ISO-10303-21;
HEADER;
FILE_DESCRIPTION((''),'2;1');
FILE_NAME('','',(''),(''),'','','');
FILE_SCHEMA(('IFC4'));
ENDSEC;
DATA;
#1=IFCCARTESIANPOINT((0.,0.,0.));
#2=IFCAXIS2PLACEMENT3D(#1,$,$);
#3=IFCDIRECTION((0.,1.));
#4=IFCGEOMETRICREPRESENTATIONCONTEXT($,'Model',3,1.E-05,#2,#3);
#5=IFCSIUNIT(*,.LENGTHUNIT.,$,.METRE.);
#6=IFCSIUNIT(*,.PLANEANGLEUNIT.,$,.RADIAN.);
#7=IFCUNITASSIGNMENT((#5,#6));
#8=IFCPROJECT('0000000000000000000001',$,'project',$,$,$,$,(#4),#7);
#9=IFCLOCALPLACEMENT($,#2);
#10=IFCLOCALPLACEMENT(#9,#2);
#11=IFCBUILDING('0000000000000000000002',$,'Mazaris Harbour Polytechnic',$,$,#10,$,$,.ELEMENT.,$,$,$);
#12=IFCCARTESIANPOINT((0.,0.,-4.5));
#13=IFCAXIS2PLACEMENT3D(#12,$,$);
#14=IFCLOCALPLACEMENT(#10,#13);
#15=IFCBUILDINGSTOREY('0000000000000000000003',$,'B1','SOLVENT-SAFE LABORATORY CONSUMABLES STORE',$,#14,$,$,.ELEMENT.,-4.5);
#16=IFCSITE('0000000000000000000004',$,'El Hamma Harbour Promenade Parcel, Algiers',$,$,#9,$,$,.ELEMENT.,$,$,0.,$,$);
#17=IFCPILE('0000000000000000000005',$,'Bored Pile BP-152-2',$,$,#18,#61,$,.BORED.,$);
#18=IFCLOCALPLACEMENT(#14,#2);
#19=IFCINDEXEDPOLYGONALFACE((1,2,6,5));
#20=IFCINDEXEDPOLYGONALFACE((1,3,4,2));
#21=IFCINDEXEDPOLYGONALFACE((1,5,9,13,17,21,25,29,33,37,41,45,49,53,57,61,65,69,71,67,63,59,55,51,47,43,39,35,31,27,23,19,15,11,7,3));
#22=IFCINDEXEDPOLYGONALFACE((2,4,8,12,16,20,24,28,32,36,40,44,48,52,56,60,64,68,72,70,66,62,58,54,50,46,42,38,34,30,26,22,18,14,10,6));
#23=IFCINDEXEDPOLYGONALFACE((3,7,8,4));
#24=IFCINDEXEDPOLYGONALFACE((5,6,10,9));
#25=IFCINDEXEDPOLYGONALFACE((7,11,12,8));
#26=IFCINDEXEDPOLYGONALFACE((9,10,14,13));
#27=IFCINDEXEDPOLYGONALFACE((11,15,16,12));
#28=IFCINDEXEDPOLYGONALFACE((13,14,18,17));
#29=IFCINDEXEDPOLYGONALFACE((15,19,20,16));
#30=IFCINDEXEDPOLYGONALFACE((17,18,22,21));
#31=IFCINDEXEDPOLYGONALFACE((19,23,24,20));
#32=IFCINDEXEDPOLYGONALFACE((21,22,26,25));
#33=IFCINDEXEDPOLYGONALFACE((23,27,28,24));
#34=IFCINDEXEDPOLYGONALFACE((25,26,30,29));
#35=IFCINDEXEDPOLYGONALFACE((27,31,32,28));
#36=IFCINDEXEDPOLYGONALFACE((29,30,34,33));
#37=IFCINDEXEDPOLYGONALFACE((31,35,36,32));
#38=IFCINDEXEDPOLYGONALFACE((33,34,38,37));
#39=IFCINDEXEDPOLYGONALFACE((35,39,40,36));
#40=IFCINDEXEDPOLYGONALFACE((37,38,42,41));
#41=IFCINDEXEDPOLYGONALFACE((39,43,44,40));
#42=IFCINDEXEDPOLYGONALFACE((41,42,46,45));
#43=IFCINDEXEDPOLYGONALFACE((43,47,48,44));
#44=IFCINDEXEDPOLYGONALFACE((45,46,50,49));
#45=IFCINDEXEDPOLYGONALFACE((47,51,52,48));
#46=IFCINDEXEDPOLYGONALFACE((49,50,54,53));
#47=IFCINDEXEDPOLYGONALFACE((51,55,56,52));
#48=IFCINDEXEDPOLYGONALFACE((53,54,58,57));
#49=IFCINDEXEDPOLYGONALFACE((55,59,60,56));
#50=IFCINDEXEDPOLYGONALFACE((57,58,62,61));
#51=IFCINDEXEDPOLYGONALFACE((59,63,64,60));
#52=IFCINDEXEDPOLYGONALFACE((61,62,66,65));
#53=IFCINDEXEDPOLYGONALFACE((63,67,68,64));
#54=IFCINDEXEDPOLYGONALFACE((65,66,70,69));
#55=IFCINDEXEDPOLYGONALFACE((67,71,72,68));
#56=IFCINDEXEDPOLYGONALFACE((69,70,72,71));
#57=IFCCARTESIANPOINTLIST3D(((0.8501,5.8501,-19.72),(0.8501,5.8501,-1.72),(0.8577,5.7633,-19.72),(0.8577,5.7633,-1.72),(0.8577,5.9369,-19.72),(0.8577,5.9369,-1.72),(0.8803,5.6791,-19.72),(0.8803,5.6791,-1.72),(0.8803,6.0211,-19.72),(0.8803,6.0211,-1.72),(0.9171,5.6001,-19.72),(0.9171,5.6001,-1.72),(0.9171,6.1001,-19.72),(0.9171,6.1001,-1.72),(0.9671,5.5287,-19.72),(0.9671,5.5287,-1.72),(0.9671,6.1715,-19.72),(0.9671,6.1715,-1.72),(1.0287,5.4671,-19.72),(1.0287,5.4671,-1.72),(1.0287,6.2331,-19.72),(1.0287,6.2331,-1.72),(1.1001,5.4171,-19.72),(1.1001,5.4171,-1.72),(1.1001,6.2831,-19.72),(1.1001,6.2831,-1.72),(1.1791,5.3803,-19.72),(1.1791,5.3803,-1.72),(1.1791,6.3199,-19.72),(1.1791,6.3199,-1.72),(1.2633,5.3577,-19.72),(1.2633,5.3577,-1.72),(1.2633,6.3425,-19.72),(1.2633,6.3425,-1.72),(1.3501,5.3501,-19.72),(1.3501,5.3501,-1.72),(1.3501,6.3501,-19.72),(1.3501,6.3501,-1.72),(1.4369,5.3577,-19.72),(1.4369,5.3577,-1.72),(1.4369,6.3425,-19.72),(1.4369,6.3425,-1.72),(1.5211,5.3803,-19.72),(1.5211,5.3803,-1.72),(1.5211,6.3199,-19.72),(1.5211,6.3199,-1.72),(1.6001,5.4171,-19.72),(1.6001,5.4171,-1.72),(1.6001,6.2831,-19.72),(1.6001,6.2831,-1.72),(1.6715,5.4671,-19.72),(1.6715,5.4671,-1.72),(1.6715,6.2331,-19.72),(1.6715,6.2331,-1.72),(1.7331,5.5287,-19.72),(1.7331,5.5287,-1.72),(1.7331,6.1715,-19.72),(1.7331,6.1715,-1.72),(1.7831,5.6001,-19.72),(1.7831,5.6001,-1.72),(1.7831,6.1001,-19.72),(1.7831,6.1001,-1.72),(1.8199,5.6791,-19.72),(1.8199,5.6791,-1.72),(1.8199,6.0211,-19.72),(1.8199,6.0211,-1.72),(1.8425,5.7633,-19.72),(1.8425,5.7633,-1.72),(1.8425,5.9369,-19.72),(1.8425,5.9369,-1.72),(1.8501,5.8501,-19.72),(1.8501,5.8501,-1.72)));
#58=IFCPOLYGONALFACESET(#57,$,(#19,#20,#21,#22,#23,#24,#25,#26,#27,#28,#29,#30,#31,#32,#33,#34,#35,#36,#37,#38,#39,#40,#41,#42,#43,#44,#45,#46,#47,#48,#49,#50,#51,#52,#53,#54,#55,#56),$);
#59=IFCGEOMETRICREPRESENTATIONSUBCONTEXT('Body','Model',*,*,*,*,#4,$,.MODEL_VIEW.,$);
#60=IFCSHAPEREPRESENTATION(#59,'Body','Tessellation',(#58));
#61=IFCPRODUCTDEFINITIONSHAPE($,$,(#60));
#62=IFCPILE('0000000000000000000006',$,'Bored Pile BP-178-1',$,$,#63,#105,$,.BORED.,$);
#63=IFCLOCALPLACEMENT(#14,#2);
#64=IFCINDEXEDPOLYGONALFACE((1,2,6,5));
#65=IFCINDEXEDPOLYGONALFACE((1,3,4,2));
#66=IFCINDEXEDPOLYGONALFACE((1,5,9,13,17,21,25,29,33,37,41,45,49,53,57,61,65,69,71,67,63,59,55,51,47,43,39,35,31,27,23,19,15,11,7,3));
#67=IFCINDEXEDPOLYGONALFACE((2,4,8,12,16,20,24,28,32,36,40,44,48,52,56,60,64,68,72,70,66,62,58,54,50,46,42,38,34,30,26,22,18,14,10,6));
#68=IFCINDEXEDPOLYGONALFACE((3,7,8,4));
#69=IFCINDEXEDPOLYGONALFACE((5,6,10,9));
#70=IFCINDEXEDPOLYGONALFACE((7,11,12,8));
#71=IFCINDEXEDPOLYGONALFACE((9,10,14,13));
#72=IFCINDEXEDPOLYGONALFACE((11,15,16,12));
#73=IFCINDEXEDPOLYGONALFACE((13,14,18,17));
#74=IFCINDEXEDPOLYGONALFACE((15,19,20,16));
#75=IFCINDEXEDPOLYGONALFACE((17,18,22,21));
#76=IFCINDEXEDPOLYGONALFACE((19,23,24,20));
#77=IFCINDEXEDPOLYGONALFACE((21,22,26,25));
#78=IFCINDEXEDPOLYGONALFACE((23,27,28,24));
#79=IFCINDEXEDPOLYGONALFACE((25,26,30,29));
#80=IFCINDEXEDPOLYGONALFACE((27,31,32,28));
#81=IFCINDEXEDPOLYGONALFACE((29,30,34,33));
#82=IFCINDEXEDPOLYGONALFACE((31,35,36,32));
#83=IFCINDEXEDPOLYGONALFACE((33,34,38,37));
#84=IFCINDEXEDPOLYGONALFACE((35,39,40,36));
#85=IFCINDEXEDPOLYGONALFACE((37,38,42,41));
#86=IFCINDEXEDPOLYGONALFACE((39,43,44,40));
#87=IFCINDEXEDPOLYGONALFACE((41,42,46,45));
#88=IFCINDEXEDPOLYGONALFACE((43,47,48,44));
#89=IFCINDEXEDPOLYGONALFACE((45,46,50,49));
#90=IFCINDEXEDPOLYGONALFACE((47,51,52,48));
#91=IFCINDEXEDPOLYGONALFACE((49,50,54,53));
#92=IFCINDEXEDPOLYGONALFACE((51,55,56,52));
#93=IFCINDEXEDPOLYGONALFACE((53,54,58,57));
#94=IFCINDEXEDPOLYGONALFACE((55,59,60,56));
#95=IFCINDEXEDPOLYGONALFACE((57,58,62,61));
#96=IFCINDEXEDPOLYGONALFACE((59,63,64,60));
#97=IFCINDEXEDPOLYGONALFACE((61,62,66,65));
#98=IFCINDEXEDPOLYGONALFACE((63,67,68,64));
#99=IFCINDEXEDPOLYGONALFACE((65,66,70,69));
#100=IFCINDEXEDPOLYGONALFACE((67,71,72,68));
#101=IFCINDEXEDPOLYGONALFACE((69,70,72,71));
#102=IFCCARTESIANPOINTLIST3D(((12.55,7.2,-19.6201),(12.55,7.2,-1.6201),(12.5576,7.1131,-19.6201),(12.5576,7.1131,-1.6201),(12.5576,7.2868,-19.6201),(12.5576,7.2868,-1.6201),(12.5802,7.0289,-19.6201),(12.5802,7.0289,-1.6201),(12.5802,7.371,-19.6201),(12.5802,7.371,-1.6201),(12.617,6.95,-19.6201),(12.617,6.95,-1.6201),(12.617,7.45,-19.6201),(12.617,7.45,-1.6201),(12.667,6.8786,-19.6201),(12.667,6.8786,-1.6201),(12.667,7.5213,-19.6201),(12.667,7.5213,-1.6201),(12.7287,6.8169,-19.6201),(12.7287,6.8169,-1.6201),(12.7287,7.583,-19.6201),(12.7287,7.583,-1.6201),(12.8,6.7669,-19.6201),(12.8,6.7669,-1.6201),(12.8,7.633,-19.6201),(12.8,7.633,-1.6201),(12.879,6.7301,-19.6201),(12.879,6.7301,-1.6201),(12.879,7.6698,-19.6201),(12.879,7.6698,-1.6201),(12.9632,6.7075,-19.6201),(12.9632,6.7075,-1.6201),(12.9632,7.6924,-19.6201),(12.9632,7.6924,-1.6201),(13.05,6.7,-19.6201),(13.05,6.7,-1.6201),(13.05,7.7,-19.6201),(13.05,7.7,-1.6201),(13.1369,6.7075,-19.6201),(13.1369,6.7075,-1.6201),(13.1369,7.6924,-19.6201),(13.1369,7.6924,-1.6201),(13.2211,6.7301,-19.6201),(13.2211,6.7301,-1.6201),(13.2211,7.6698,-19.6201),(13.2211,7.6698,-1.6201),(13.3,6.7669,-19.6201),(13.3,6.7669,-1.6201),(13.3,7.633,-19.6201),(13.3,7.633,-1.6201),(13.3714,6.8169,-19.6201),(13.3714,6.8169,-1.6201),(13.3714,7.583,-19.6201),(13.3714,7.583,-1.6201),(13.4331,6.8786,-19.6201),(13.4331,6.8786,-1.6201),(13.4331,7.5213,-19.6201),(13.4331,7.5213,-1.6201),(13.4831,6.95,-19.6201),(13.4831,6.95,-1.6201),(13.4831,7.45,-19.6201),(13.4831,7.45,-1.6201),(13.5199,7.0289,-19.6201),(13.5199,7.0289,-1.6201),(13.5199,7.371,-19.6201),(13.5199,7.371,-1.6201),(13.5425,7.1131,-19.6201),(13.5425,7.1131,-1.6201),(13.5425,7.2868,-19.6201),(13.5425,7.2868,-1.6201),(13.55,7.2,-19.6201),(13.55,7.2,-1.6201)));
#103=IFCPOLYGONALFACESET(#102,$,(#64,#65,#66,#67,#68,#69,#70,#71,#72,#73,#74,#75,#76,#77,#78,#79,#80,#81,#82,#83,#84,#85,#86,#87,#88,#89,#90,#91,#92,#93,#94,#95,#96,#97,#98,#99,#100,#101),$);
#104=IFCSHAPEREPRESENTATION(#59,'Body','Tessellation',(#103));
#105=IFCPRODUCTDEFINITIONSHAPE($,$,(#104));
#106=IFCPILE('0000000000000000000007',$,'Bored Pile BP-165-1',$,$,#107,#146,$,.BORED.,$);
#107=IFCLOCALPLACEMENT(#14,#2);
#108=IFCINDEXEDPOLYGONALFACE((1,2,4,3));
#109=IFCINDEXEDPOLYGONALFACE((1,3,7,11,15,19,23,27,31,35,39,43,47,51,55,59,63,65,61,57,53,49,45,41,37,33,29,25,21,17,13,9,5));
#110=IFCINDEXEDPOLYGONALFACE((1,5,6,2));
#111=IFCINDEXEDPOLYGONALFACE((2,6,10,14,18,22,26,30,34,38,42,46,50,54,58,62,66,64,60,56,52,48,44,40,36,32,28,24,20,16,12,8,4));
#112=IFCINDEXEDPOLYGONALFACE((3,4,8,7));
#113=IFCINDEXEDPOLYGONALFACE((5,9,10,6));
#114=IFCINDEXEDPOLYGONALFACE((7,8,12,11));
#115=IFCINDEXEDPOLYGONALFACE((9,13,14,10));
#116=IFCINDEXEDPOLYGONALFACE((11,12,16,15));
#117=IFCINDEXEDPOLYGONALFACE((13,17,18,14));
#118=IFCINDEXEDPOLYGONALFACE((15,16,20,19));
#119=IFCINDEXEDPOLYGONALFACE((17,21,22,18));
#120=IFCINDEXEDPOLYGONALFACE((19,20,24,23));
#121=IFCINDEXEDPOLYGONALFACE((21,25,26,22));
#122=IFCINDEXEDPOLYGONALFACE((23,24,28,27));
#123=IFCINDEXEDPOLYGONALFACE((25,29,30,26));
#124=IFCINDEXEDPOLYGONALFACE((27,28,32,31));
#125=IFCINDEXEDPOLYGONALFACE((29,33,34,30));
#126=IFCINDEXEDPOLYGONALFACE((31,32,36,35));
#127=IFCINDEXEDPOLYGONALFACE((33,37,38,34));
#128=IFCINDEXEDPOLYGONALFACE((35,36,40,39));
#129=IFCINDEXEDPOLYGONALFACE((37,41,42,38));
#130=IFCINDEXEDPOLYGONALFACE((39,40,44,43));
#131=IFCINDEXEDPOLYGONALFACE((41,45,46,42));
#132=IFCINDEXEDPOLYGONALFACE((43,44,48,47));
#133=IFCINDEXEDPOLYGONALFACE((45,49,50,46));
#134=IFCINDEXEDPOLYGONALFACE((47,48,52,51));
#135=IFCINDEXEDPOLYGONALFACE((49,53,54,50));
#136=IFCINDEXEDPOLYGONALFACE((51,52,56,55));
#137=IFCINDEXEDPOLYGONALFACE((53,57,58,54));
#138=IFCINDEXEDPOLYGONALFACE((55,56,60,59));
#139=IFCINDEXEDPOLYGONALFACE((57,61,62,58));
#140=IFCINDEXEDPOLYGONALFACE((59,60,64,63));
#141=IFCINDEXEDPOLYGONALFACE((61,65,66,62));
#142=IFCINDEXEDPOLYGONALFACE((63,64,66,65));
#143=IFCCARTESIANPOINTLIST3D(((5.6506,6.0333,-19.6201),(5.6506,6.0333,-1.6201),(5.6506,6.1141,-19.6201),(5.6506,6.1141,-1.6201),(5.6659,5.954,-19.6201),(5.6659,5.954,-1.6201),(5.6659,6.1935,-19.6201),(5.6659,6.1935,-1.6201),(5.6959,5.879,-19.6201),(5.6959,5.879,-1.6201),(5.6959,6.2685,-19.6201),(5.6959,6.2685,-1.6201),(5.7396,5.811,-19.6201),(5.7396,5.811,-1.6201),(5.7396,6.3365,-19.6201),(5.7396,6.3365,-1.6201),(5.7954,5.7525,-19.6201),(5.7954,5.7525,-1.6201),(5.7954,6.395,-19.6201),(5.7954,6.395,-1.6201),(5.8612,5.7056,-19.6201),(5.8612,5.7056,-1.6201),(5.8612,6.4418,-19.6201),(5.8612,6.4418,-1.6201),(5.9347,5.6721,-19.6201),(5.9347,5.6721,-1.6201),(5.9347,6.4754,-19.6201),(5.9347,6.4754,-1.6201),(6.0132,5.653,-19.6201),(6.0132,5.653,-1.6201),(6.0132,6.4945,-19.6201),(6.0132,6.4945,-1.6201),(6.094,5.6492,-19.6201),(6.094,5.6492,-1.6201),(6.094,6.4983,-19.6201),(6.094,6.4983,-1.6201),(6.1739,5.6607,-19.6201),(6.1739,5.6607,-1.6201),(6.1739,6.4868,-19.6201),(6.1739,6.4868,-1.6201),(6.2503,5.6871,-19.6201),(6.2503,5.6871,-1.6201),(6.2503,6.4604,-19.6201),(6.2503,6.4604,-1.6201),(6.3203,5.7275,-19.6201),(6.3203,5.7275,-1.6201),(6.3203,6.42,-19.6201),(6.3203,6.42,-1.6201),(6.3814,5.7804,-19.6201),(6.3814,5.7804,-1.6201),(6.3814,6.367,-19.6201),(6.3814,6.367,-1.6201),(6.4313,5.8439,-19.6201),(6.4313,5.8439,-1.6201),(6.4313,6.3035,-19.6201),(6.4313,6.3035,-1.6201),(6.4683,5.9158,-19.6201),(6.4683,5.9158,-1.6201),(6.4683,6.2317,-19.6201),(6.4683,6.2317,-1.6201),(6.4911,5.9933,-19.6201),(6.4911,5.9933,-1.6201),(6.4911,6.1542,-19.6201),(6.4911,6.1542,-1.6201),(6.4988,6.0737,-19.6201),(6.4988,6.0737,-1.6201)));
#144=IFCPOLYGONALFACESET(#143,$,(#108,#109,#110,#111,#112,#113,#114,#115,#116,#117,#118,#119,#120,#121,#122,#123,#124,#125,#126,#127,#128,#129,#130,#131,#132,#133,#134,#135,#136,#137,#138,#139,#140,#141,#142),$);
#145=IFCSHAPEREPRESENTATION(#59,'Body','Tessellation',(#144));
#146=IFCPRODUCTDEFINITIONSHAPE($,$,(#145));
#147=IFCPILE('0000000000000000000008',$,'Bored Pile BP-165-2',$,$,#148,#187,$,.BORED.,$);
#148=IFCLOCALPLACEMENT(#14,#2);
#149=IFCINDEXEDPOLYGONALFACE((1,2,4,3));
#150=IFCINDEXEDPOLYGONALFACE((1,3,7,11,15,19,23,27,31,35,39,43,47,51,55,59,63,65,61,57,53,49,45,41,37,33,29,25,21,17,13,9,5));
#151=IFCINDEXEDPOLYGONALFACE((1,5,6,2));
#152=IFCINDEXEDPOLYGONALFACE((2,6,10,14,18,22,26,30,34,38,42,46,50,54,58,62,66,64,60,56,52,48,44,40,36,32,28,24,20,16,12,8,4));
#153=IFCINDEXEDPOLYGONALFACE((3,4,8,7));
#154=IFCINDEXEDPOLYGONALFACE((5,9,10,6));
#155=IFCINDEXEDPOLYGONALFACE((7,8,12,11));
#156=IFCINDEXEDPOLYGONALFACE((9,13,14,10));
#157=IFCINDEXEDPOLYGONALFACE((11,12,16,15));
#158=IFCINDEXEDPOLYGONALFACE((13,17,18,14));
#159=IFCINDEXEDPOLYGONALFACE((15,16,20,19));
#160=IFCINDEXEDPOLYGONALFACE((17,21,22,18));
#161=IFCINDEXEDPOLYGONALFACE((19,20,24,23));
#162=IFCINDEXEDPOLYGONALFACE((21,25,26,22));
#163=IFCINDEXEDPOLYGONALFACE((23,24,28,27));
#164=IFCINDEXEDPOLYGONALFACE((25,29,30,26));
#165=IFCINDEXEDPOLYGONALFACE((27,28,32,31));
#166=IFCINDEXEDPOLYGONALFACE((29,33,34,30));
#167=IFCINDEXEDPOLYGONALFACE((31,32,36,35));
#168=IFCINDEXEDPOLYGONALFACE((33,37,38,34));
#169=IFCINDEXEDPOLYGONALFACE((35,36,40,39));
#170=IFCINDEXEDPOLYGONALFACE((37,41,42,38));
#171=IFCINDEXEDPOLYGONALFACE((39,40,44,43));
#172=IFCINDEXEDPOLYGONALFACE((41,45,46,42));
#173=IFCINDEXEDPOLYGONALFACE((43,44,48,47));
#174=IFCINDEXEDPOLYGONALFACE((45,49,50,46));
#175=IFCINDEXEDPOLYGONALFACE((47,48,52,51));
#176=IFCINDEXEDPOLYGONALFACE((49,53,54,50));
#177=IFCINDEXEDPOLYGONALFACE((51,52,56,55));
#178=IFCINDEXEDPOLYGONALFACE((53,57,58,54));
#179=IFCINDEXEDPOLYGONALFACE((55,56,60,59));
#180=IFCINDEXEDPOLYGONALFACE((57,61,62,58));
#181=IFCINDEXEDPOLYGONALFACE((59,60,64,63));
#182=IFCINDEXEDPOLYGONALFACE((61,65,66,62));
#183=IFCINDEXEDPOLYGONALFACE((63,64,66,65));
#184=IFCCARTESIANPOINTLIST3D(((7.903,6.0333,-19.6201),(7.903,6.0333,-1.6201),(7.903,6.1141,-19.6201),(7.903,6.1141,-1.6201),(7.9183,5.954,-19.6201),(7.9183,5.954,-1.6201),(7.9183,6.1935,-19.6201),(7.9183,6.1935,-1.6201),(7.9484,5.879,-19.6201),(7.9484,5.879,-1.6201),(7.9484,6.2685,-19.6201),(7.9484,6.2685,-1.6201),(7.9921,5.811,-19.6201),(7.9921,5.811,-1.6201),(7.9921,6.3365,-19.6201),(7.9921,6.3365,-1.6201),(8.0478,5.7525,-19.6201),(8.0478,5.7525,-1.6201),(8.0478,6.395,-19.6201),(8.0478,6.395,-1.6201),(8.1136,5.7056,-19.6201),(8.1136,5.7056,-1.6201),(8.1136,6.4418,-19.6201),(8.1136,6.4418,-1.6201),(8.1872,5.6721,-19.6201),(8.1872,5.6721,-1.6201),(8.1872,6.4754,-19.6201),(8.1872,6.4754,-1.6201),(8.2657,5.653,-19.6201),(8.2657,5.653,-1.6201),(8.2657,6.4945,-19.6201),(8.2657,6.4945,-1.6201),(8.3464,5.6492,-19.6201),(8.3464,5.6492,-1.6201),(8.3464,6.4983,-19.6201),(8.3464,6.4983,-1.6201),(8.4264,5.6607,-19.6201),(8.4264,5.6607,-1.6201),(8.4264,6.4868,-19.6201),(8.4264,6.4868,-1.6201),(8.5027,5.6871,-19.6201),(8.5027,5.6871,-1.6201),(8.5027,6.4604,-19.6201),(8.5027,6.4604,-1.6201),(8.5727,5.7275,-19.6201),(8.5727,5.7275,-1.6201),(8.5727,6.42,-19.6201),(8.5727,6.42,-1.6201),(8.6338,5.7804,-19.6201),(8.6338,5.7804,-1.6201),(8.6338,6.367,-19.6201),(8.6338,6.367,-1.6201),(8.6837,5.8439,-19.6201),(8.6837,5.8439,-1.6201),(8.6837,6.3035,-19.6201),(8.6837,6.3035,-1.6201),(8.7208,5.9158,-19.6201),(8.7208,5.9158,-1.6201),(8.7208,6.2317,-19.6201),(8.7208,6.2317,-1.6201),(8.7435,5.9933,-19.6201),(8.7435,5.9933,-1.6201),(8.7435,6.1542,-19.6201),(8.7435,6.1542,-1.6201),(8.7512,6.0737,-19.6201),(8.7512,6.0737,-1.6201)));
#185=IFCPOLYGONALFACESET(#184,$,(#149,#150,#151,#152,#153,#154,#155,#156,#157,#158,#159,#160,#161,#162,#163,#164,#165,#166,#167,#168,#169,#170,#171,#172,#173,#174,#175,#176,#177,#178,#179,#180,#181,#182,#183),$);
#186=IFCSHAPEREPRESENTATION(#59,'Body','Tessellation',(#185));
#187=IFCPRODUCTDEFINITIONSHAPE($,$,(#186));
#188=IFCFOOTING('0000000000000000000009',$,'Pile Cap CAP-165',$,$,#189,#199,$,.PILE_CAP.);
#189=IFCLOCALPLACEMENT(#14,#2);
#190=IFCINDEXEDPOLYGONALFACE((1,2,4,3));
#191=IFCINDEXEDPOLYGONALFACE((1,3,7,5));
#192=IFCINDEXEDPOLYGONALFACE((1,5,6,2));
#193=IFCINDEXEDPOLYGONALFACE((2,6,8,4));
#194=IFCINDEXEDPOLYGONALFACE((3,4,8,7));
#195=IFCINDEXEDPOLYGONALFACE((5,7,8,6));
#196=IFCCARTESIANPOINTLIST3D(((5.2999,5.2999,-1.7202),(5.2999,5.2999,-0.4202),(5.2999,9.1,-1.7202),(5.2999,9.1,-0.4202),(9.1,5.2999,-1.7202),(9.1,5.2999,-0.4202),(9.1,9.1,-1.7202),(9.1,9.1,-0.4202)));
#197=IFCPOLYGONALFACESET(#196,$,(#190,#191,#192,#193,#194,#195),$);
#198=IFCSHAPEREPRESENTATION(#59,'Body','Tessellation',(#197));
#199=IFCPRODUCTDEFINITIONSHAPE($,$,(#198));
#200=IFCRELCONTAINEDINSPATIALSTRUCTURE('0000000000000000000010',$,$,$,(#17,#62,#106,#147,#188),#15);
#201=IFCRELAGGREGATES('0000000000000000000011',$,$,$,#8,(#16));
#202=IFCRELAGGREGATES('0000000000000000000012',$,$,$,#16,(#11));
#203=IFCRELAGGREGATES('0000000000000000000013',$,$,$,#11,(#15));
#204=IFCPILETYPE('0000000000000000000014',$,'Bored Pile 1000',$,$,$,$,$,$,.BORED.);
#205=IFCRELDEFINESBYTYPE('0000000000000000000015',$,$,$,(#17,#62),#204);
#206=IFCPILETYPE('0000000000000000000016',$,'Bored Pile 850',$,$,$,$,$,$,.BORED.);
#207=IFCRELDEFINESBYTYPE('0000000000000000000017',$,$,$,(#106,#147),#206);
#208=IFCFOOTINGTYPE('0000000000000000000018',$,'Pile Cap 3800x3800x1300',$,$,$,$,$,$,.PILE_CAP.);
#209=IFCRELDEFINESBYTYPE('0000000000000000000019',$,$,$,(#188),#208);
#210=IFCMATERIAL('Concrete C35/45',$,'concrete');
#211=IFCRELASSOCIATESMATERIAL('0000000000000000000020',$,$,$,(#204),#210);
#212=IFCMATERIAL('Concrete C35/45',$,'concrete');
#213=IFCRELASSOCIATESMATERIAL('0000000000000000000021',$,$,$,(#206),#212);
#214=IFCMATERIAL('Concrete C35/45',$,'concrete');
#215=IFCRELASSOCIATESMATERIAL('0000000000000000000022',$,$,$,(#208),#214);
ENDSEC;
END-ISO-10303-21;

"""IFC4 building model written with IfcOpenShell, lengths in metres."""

from ifc_helpers import new_model, si_unit, direction, frame, origin, origin_2d, place, context, subcontext, project, spatial, rectangle, circle, extrude, material, material_profile, profile_set, type_object, element, save


model = new_model("IFC4")

# Units and contexts
model_context = context("Model", 3, precision=1e-05, world=origin(), true_north=direction((0.0, 1.0)))
body_context = subcontext(model_context, "Body", "Model", "MODEL_VIEW")
ifc_project = project(units=[si_unit("LENGTHUNIT", "METRE"), si_unit("PLANEANGLEUNIT", "RADIAN")], contexts=[model_context])

# Site, building, storey
site_placement = place(None, origin())
site = spatial("IfcSite", under=ifc_project, at=site_placement, Name="El Hamma Harbour Promenade Parcel, Algiers", CompositionType="ELEMENT", RefElevation=0.0)
building_placement = place(site_placement, origin())
building = spatial("IfcBuilding", under=site, at=building_placement, Name="Mazaris Harbour Polytechnic", CompositionType="ELEMENT")
storey_placement = place(building_placement, frame((0.0, 0.0, -4.5)))
storey = spatial("IfcBuildingStorey", under=building, at=storey_placement, Name="B1", Description="SOLVENT-SAFE LABORATORY CONSUMABLES STORE", CompositionType="ELEMENT", Elevation=-4.5)

# Piles
ifc_material_1 = material(Name="Concrete C35/45", Category="concrete")
ifc_material_profile_1 = material_profile(ifc_material_1, circle(Radius=0.5, at=origin_2d()), Name="DIA1000")
ifc_profile_set_1 = profile_set([ifc_material_profile_1], Name="Concrete C35/45")
pile_type_1 = type_object("IfcPileType", Name="Bored Pile 1000", PredefinedType="BORED", material=ifc_profile_set_1)
for number, where, z_axis, x_axis, name in (
    (1, (1.3501, 5.8501, -1.72), (0.0, 0.0, -1.0), (1.0, 0.0, 0.0), "Bored Pile BP-152-2"),
    (2, (13.05, 7.2, -1.6201), (0.0, 0.0, -1.0), (1.0, 0.0, 0.0), "Bored Pile BP-178-1"),
):
    element("IfcPile", number, at=place(storey_placement, frame(where, z_axis=z_axis, x_axis=x_axis)), inside=storey, type_object=pile_type_1, Name=name, PredefinedType="BORED", context=body_context, shape_type="SweptSolid", body=[
        extrude(circle(Radius=0.5, at=origin_2d()), origin(), (0.0, 0.0, 1.0), 18.0),
    ])
ifc_material_2 = material(Name="Concrete C35/45", Category="concrete")
ifc_material_profile_2 = material_profile(ifc_material_2, circle(Radius=0.425, at=origin_2d()), Name="DIA850")
ifc_profile_set_2 = profile_set([ifc_material_profile_2], Name="Concrete C35/45")
pile_type_2 = type_object("IfcPileType", Name="Bored Pile 850", PredefinedType="BORED", material=ifc_profile_set_2)
for number, where, z_axis, x_axis, name in (
    (3, (6.0737, 6.0737, -1.6201), (0.0, 0.0, -1.0), (1.0, 0.0, 0.0), "Bored Pile BP-165-1"),
    (4, (8.3262, 6.0737, -1.6201), (0.0, 0.0, -1.0), (1.0, 0.0, 0.0), "Bored Pile BP-165-2"),
):
    element("IfcPile", number, at=place(storey_placement, frame(where, z_axis=z_axis, x_axis=x_axis)), inside=storey, type_object=pile_type_2, Name=name, PredefinedType="BORED", context=body_context, shape_type="SweptSolid", body=[
        extrude(circle(Radius=0.425, at=origin_2d()), origin(), (0.0, 0.0, 1.0), 18.0),
    ])

# Footing
ifc_material_3 = material(Name="Concrete C35/45", Category="concrete")
footing_type_1 = type_object("IfcFootingType", Name="Pile Cap 3800x3800x1300", PredefinedType="PILE_CAP", material=ifc_material_3)
footing_1_placement = place(storey_placement, frame((7.2, 7.2, -1.7202), z_axis=(0.0, 0.0, 1.0), x_axis=(1.0, 0.0, 0.0)))
element("IfcFooting", 5, at=footing_1_placement, inside=storey, type_object=footing_type_1, Name="Pile Cap CAP-165", PredefinedType="PILE_CAP", context=body_context, shape_type="SweptSolid", body=[
    extrude(rectangle(XDim=3.8, YDim=3.8, at=origin_2d()), origin(), (0.0, 0.0, 1.0), 1.3),
])

save(model, "model.ifc")
